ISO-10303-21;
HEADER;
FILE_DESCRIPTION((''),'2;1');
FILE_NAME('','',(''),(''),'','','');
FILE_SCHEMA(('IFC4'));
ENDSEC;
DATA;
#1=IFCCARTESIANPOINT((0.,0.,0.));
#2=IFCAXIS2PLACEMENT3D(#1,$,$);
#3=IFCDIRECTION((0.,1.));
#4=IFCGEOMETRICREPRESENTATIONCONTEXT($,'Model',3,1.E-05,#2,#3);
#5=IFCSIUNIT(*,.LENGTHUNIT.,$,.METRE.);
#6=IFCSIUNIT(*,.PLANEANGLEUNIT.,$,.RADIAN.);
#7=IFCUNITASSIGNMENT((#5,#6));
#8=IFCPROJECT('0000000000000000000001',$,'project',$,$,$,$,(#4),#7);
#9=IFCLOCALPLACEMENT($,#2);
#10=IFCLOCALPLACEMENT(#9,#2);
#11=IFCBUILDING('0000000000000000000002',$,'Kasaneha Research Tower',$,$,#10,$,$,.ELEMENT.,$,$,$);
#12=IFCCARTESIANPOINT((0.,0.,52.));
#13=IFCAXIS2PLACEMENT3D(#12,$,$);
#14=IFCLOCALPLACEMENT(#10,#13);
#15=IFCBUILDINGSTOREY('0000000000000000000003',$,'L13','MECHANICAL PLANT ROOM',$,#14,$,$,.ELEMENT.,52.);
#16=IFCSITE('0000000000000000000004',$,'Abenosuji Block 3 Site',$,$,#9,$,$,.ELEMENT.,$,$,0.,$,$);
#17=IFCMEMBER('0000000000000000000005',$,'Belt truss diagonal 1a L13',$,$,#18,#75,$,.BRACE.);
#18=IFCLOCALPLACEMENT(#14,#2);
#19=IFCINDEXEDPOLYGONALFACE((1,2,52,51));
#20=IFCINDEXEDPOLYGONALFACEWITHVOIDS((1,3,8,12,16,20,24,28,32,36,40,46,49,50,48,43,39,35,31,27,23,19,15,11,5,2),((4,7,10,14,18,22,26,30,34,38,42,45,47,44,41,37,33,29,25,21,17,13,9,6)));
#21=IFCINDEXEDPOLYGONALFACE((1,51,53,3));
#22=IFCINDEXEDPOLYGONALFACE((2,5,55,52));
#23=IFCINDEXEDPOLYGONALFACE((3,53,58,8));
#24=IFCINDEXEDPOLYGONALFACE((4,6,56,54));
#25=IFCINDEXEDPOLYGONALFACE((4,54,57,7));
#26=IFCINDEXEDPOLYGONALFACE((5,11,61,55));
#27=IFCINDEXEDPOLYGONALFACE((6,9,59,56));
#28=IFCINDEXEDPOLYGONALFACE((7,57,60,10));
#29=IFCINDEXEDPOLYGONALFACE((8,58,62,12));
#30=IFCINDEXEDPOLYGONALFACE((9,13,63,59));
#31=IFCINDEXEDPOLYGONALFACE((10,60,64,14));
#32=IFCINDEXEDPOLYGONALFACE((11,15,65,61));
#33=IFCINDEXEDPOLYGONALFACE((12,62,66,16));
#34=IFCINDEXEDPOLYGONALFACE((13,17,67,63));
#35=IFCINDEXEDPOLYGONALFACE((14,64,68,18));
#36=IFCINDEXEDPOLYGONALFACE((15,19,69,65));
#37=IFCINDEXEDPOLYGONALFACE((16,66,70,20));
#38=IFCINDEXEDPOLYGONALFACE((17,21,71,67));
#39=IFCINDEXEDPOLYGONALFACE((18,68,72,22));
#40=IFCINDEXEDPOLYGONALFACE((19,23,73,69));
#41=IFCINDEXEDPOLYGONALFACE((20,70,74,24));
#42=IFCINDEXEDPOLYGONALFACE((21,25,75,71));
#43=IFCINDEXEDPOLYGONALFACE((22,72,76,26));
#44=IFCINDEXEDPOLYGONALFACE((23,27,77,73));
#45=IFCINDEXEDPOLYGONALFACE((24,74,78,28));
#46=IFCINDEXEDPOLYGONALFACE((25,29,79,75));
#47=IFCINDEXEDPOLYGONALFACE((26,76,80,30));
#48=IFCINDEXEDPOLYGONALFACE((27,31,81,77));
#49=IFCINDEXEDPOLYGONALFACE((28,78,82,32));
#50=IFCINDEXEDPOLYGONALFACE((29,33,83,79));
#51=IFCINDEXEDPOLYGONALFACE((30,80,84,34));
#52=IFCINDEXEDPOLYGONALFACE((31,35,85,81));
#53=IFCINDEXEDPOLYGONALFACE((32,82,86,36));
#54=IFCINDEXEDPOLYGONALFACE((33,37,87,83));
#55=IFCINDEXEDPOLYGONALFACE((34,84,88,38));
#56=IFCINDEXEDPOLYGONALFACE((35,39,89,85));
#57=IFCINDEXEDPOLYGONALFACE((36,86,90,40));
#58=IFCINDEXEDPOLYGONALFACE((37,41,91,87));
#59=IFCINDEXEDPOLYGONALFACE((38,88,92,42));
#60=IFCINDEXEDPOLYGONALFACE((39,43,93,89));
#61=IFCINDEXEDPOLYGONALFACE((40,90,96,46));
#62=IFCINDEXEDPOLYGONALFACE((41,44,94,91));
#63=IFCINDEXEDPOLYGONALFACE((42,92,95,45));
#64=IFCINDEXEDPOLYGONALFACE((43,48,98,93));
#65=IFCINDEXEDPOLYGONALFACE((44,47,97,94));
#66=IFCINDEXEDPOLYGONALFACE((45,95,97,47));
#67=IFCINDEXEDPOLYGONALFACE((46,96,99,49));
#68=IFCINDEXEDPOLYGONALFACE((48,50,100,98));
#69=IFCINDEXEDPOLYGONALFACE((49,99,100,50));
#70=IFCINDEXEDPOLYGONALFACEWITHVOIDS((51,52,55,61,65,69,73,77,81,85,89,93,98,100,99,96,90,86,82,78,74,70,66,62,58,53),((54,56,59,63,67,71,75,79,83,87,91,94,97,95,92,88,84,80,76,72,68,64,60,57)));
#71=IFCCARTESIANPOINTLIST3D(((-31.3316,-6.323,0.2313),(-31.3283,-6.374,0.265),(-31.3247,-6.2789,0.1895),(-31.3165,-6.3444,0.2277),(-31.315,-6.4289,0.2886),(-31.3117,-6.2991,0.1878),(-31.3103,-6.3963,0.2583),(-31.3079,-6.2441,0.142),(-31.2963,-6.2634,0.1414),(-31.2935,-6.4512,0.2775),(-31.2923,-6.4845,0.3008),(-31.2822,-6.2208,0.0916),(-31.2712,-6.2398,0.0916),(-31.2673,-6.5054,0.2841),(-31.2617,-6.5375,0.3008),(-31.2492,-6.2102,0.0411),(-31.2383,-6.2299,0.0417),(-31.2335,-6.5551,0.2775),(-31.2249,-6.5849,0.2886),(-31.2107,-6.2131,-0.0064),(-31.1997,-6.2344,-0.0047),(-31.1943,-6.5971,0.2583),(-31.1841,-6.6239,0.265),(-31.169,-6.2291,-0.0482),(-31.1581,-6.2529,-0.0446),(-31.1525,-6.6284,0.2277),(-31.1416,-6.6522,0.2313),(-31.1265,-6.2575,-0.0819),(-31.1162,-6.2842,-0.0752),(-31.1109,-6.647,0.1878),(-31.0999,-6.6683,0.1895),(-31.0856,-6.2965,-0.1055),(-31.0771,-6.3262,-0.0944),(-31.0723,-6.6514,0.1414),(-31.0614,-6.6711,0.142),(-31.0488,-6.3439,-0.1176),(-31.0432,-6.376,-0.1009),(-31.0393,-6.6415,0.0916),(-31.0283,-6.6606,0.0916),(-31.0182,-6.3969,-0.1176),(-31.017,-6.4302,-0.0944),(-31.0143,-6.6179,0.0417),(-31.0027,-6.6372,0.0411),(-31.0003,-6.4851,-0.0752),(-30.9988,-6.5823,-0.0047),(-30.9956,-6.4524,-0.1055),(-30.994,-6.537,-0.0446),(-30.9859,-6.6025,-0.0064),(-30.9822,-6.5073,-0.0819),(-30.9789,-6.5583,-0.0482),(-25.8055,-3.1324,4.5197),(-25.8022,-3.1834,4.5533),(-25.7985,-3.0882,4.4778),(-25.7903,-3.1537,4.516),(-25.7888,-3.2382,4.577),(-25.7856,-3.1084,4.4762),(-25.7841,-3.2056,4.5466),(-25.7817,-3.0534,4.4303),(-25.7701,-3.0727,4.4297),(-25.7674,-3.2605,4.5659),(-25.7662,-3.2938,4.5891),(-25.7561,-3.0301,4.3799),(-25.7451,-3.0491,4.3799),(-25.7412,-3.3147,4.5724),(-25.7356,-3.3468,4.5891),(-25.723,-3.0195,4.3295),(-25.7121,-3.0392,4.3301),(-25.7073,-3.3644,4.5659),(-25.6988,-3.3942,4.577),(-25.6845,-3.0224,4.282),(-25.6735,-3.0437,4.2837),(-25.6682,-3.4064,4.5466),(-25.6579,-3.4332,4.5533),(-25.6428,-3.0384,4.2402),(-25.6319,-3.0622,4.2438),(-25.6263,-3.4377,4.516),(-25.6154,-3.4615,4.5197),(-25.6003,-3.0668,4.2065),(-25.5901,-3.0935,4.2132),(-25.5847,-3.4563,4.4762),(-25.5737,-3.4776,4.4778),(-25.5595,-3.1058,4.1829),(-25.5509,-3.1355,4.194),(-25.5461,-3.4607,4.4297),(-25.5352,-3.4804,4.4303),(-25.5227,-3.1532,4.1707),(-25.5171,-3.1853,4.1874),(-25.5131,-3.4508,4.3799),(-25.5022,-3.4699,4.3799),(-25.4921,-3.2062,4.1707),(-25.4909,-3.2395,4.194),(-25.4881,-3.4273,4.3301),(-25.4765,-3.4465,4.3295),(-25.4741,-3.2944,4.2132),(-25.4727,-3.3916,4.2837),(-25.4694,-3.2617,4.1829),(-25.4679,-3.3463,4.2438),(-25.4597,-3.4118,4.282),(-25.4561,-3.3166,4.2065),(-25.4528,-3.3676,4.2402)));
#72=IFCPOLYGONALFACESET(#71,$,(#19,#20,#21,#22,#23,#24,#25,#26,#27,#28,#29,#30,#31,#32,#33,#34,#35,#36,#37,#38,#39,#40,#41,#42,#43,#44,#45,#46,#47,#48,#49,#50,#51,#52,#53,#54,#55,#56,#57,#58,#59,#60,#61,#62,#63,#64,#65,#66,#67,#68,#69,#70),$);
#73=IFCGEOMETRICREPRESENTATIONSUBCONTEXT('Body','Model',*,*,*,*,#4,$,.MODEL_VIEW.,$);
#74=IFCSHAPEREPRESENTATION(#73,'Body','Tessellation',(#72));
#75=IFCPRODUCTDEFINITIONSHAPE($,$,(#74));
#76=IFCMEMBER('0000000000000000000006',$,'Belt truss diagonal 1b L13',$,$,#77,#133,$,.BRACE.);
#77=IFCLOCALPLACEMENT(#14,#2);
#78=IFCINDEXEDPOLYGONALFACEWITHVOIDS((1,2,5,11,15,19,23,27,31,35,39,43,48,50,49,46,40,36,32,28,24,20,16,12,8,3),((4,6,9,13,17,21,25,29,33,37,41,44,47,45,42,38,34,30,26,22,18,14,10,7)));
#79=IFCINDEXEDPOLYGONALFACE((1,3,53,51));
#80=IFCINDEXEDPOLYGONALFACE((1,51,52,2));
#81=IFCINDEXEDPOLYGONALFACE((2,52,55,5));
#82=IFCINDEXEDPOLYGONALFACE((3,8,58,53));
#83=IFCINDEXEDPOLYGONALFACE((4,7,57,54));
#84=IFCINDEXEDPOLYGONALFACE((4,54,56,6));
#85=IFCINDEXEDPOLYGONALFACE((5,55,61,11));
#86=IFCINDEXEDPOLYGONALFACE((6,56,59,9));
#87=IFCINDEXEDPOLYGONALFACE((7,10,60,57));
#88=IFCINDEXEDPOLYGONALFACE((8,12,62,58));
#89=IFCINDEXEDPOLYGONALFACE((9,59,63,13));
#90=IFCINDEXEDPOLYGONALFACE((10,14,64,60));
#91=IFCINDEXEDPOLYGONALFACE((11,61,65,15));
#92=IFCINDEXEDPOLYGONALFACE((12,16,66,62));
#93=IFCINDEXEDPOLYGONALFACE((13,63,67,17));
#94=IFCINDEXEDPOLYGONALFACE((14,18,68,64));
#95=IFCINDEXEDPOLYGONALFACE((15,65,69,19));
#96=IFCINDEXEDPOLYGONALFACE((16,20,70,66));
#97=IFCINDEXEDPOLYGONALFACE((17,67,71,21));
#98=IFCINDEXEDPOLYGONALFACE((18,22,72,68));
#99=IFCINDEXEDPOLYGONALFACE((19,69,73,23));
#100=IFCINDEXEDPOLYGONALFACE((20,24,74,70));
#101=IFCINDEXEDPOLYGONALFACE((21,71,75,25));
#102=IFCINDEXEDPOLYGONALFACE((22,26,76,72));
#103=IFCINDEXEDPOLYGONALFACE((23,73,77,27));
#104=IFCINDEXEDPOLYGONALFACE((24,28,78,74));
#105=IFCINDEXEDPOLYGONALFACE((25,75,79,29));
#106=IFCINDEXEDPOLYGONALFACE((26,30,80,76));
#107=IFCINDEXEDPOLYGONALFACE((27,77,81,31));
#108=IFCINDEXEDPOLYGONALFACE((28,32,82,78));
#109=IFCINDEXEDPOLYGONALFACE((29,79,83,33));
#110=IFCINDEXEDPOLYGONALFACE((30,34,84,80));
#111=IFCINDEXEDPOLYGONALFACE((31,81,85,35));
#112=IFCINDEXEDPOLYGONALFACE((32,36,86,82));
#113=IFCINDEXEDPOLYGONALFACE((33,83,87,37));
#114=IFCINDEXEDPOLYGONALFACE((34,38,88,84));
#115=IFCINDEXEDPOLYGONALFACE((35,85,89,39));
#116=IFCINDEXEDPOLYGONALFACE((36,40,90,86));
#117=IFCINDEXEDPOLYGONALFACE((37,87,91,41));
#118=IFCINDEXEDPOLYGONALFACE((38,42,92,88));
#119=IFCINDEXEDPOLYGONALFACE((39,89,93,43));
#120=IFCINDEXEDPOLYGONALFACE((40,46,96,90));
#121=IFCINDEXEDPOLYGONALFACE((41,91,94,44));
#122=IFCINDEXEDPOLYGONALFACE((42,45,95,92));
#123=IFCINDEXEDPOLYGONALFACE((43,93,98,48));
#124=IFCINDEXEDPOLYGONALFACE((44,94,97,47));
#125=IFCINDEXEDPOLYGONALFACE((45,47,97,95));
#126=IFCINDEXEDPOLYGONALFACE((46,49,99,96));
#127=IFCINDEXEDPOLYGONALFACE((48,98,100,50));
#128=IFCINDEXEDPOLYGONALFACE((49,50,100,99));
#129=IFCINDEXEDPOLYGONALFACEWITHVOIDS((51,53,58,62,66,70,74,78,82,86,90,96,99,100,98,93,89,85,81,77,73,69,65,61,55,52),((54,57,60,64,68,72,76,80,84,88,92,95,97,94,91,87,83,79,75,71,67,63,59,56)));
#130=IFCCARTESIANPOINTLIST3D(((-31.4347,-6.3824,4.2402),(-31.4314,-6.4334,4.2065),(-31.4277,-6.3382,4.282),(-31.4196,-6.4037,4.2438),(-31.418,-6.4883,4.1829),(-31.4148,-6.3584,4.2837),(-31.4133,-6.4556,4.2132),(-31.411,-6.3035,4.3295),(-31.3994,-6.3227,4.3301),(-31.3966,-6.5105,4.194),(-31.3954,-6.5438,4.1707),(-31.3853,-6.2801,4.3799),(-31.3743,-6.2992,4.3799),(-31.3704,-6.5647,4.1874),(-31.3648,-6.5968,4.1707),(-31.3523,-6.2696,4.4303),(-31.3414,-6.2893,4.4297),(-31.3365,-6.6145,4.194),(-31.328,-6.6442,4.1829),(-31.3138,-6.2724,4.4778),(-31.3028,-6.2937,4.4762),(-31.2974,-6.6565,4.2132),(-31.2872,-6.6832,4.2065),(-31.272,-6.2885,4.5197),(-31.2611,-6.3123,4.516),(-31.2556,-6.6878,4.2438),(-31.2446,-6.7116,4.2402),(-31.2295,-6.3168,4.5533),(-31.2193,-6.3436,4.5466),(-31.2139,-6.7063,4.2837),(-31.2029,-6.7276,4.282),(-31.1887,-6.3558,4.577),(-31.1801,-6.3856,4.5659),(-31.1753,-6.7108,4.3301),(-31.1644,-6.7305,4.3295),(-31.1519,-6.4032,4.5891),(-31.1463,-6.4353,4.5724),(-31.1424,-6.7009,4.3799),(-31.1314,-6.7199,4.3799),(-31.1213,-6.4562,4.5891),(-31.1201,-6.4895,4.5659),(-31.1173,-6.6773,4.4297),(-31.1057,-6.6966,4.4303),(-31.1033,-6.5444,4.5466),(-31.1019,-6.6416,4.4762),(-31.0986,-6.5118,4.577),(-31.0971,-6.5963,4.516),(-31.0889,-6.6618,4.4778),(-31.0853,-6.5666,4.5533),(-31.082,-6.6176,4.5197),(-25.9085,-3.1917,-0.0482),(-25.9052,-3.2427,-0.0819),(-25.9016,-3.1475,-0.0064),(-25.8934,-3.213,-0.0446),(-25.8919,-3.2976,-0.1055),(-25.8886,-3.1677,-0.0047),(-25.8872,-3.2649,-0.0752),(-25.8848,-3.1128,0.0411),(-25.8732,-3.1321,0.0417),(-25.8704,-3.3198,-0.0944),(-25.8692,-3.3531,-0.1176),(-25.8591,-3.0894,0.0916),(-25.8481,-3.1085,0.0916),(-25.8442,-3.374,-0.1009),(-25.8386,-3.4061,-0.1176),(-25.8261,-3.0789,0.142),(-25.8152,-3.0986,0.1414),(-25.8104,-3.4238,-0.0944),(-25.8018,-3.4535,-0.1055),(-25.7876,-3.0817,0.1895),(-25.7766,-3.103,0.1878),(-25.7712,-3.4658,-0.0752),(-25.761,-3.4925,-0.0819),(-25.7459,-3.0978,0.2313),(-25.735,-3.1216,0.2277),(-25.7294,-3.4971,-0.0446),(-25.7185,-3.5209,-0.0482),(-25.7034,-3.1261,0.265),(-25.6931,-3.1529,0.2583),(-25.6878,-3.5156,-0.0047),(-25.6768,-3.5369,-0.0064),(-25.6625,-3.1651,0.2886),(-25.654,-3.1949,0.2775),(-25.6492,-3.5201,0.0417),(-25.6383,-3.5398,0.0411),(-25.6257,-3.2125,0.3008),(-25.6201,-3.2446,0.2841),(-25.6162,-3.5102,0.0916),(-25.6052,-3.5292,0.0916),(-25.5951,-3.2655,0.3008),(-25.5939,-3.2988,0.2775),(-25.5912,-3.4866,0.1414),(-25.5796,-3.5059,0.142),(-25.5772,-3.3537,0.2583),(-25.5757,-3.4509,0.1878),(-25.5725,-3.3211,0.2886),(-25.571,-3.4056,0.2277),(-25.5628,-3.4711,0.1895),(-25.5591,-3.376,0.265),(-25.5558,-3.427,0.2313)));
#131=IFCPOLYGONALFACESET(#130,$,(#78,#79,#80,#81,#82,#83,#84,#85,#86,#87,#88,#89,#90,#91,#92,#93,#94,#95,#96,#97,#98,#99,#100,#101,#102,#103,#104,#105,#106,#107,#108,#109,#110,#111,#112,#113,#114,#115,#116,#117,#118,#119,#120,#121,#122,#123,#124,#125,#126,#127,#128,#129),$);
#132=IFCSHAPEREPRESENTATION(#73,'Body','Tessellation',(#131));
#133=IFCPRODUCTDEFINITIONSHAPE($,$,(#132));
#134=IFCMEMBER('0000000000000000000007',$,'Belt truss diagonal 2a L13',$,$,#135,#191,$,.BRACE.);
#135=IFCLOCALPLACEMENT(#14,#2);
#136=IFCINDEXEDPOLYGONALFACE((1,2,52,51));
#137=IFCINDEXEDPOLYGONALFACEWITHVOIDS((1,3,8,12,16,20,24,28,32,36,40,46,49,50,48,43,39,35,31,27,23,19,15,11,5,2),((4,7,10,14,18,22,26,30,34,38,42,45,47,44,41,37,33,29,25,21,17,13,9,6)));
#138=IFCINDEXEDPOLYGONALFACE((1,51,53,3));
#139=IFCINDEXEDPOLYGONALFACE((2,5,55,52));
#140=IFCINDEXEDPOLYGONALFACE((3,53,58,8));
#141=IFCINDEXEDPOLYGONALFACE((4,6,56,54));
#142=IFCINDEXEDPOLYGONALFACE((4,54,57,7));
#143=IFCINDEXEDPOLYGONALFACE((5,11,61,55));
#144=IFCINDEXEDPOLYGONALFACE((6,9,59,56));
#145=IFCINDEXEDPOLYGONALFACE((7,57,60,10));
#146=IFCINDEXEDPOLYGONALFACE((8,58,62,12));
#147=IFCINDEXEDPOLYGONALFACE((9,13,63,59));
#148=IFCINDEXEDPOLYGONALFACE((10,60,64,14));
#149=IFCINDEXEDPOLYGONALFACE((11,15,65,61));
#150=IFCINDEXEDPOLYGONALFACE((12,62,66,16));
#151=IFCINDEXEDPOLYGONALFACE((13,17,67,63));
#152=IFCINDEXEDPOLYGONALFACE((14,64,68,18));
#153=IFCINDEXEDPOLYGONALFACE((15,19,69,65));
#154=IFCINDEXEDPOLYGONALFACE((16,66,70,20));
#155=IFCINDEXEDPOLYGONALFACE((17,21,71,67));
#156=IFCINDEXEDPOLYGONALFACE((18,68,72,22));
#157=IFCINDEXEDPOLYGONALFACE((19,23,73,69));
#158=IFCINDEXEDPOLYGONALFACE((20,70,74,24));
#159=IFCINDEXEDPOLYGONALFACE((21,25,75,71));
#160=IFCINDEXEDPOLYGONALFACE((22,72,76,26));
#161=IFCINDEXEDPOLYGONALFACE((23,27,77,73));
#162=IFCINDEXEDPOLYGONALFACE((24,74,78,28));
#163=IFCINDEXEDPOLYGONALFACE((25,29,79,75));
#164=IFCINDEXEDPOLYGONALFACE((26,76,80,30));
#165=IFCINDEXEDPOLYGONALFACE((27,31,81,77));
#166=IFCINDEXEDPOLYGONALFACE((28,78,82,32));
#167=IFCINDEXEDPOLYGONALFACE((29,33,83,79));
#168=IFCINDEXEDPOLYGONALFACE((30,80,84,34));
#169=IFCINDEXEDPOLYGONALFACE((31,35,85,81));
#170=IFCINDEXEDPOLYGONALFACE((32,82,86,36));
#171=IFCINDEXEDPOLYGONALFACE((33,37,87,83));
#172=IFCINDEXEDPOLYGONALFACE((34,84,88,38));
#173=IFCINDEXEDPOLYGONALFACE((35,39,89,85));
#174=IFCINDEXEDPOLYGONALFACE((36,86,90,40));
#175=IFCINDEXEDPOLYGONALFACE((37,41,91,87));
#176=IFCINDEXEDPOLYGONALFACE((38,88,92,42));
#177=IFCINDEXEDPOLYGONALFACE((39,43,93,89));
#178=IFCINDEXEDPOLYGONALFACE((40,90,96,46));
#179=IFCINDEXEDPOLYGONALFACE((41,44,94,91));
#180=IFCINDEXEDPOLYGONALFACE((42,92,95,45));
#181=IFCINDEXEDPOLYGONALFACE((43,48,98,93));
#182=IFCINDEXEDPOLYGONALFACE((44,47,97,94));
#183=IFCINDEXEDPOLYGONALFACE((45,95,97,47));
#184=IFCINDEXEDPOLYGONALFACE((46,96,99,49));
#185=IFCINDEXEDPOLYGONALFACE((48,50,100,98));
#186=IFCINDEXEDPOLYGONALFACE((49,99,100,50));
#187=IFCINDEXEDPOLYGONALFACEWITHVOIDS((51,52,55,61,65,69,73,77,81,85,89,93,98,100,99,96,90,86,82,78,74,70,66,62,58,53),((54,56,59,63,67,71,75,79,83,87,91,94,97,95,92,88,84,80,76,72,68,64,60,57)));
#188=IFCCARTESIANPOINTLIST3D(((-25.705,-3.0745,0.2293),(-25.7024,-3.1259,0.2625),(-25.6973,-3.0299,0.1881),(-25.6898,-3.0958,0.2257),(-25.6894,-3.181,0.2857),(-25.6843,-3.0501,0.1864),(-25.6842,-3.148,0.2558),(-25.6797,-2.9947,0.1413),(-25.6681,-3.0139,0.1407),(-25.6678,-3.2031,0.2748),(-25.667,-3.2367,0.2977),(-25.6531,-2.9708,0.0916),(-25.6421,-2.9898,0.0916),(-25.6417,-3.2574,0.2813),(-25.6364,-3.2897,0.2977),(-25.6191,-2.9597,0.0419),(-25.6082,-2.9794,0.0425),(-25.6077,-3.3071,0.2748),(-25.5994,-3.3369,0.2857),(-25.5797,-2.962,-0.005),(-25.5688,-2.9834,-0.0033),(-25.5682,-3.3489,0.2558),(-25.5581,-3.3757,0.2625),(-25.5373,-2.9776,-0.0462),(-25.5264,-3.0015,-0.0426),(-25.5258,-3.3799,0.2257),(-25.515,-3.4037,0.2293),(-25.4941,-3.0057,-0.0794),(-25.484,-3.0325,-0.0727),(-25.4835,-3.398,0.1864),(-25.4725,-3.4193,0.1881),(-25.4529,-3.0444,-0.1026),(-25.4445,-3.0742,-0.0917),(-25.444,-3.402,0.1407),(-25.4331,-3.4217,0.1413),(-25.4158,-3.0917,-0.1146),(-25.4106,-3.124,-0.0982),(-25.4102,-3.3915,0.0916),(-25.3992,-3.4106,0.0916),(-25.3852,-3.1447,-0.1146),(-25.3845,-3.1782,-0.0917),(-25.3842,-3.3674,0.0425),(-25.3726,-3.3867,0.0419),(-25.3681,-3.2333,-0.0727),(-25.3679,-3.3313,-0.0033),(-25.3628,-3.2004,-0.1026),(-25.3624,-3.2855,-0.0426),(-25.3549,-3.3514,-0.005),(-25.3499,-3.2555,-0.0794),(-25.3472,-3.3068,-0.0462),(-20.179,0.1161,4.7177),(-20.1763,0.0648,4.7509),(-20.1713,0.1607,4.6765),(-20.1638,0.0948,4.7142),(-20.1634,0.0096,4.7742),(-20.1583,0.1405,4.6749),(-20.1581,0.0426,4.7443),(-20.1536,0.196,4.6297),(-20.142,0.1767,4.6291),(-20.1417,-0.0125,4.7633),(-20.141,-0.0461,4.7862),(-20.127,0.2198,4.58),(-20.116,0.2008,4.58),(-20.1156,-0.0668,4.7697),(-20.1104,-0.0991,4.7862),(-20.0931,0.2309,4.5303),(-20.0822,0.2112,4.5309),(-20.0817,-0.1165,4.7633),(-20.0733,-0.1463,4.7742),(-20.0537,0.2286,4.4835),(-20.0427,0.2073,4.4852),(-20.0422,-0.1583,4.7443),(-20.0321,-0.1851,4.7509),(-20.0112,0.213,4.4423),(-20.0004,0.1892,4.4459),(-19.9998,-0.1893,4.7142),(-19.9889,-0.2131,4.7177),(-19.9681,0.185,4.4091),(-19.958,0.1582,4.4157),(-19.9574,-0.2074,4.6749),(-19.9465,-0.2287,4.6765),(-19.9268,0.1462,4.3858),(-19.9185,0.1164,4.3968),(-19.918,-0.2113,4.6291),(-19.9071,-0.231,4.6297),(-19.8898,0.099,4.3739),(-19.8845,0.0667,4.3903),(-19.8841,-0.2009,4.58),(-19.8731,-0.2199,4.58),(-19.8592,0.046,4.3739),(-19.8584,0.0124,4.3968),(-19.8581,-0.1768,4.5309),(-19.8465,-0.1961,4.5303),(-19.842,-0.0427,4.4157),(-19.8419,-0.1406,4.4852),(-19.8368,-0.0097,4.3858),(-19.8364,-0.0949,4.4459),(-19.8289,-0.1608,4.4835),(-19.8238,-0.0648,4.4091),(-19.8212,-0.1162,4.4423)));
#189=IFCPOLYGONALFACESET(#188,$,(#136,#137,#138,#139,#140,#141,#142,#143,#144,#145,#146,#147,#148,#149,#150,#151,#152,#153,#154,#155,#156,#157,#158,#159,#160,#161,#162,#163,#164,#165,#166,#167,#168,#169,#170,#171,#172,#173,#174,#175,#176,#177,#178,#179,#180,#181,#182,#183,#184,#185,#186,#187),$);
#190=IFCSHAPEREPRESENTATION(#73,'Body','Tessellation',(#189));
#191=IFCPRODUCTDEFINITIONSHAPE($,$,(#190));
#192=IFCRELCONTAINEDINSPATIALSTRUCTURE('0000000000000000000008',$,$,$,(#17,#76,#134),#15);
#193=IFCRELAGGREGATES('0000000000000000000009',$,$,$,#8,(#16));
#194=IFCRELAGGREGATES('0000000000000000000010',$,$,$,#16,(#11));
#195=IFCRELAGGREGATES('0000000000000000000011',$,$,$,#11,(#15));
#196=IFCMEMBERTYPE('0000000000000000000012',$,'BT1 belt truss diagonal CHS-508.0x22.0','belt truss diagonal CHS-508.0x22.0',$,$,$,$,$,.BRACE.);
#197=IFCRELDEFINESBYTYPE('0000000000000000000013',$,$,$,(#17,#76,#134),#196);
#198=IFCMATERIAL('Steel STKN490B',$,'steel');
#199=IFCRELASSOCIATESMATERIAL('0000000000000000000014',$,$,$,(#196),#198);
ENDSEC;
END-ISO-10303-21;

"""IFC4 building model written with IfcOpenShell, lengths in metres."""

from ifc_helpers import new_model, si_unit, direction, frame, origin, origin_2d, place, context, subcontext, project, spatial, hollow_circle, extrude, material, material_profile, profile_set, type_object, element, save


model = new_model("IFC4")

# Units and contexts
model_context = context("Model", 3, precision=1e-05, world=origin(), true_north=direction((0.0, 1.0)))
body_context = subcontext(model_context, "Body", "Model", "MODEL_VIEW")
ifc_project = project(units=[si_unit("LENGTHUNIT", "METRE"), si_unit("PLANEANGLEUNIT", "RADIAN")], contexts=[model_context])

# Site, building, storey
site_placement = place(None, origin())
site = spatial("IfcSite", under=ifc_project, at=site_placement, Name="Abenosuji Block 3 Site", CompositionType="ELEMENT", RefElevation=0.0)
building_placement = place(site_placement, origin())
building = spatial("IfcBuilding", under=site, at=building_placement, Name="Kasaneha Research Tower", CompositionType="ELEMENT")
storey_placement = place(building_placement, frame((0.0, 0.0, 52.0)))
storey = spatial("IfcBuildingStorey", under=building, at=storey_placement, Name="L13", Description="MECHANICAL PLANT ROOM", CompositionType="ELEMENT", Elevation=52.0)

# Members
ifc_material_1 = material(Name="Steel STKN490B", Category="steel")
ifc_material_profile_1 = material_profile(ifc_material_1, hollow_circle(Radius=0.2539, WallThickness=0.022, at=origin_2d()), Name="CHS-508.0x22.0")
ifc_profile_set_1 = profile_set([ifc_material_profile_1], Name="Steel STKN490B")
member_type = type_object("IfcMemberType", Name="BT1 belt truss diagonal CHS-508.0x22.0", Description="belt truss diagonal CHS-508.0x22.0", PredefinedType="BRACE", material=ifc_profile_set_1)
for number, where, z_axis, x_axis, name in (
    (1, (-31.1553, -6.4407, 0.0916), (0.718781, 0.41501, 0.557782), (-0.500019, 0.866014, 0.0), "Belt truss diagonal 1a L13"),
    (2, (-25.7322, -3.3093, 0.0916), (-0.718781, -0.41501, 0.557782), (0.500019, -0.866014, 0.0), "Belt truss diagonal 1b L13"),
):
    element("IfcMember", number, at=place(storey_placement, frame(where, z_axis=z_axis, x_axis=x_axis)), inside=storey, type_object=member_type, Name=name, PredefinedType="BRACE", context=body_context, shape_type="SweptSolid", body=[
        extrude(hollow_circle(Radius=0.2539, WallThickness=0.022, at=origin_2d()), origin(), (0.0, 0.0, 1.0), 7.6882),
    ])
for number, where, z_axis, x_axis, name in (
    (3, (-25.5261, -3.1907, 0.0916), (0.70833, 0.408976, 0.575332), (-0.500019, 0.866014, 0.0), "Belt truss diagonal 2a L13"),
):
    element("IfcMember", number, at=place(storey_placement, frame(where, z_axis=z_axis, x_axis=x_axis)), inside=storey, type_object=member_type, Name=name, PredefinedType="BRACE", context=body_context, shape_type="SweptSolid", body=[
        extrude(hollow_circle(Radius=0.2539, WallThickness=0.022, at=origin_2d()), origin(), (0.0, 0.0, 1.0), 7.8015),
    ])

save(model, "model.ifc")
